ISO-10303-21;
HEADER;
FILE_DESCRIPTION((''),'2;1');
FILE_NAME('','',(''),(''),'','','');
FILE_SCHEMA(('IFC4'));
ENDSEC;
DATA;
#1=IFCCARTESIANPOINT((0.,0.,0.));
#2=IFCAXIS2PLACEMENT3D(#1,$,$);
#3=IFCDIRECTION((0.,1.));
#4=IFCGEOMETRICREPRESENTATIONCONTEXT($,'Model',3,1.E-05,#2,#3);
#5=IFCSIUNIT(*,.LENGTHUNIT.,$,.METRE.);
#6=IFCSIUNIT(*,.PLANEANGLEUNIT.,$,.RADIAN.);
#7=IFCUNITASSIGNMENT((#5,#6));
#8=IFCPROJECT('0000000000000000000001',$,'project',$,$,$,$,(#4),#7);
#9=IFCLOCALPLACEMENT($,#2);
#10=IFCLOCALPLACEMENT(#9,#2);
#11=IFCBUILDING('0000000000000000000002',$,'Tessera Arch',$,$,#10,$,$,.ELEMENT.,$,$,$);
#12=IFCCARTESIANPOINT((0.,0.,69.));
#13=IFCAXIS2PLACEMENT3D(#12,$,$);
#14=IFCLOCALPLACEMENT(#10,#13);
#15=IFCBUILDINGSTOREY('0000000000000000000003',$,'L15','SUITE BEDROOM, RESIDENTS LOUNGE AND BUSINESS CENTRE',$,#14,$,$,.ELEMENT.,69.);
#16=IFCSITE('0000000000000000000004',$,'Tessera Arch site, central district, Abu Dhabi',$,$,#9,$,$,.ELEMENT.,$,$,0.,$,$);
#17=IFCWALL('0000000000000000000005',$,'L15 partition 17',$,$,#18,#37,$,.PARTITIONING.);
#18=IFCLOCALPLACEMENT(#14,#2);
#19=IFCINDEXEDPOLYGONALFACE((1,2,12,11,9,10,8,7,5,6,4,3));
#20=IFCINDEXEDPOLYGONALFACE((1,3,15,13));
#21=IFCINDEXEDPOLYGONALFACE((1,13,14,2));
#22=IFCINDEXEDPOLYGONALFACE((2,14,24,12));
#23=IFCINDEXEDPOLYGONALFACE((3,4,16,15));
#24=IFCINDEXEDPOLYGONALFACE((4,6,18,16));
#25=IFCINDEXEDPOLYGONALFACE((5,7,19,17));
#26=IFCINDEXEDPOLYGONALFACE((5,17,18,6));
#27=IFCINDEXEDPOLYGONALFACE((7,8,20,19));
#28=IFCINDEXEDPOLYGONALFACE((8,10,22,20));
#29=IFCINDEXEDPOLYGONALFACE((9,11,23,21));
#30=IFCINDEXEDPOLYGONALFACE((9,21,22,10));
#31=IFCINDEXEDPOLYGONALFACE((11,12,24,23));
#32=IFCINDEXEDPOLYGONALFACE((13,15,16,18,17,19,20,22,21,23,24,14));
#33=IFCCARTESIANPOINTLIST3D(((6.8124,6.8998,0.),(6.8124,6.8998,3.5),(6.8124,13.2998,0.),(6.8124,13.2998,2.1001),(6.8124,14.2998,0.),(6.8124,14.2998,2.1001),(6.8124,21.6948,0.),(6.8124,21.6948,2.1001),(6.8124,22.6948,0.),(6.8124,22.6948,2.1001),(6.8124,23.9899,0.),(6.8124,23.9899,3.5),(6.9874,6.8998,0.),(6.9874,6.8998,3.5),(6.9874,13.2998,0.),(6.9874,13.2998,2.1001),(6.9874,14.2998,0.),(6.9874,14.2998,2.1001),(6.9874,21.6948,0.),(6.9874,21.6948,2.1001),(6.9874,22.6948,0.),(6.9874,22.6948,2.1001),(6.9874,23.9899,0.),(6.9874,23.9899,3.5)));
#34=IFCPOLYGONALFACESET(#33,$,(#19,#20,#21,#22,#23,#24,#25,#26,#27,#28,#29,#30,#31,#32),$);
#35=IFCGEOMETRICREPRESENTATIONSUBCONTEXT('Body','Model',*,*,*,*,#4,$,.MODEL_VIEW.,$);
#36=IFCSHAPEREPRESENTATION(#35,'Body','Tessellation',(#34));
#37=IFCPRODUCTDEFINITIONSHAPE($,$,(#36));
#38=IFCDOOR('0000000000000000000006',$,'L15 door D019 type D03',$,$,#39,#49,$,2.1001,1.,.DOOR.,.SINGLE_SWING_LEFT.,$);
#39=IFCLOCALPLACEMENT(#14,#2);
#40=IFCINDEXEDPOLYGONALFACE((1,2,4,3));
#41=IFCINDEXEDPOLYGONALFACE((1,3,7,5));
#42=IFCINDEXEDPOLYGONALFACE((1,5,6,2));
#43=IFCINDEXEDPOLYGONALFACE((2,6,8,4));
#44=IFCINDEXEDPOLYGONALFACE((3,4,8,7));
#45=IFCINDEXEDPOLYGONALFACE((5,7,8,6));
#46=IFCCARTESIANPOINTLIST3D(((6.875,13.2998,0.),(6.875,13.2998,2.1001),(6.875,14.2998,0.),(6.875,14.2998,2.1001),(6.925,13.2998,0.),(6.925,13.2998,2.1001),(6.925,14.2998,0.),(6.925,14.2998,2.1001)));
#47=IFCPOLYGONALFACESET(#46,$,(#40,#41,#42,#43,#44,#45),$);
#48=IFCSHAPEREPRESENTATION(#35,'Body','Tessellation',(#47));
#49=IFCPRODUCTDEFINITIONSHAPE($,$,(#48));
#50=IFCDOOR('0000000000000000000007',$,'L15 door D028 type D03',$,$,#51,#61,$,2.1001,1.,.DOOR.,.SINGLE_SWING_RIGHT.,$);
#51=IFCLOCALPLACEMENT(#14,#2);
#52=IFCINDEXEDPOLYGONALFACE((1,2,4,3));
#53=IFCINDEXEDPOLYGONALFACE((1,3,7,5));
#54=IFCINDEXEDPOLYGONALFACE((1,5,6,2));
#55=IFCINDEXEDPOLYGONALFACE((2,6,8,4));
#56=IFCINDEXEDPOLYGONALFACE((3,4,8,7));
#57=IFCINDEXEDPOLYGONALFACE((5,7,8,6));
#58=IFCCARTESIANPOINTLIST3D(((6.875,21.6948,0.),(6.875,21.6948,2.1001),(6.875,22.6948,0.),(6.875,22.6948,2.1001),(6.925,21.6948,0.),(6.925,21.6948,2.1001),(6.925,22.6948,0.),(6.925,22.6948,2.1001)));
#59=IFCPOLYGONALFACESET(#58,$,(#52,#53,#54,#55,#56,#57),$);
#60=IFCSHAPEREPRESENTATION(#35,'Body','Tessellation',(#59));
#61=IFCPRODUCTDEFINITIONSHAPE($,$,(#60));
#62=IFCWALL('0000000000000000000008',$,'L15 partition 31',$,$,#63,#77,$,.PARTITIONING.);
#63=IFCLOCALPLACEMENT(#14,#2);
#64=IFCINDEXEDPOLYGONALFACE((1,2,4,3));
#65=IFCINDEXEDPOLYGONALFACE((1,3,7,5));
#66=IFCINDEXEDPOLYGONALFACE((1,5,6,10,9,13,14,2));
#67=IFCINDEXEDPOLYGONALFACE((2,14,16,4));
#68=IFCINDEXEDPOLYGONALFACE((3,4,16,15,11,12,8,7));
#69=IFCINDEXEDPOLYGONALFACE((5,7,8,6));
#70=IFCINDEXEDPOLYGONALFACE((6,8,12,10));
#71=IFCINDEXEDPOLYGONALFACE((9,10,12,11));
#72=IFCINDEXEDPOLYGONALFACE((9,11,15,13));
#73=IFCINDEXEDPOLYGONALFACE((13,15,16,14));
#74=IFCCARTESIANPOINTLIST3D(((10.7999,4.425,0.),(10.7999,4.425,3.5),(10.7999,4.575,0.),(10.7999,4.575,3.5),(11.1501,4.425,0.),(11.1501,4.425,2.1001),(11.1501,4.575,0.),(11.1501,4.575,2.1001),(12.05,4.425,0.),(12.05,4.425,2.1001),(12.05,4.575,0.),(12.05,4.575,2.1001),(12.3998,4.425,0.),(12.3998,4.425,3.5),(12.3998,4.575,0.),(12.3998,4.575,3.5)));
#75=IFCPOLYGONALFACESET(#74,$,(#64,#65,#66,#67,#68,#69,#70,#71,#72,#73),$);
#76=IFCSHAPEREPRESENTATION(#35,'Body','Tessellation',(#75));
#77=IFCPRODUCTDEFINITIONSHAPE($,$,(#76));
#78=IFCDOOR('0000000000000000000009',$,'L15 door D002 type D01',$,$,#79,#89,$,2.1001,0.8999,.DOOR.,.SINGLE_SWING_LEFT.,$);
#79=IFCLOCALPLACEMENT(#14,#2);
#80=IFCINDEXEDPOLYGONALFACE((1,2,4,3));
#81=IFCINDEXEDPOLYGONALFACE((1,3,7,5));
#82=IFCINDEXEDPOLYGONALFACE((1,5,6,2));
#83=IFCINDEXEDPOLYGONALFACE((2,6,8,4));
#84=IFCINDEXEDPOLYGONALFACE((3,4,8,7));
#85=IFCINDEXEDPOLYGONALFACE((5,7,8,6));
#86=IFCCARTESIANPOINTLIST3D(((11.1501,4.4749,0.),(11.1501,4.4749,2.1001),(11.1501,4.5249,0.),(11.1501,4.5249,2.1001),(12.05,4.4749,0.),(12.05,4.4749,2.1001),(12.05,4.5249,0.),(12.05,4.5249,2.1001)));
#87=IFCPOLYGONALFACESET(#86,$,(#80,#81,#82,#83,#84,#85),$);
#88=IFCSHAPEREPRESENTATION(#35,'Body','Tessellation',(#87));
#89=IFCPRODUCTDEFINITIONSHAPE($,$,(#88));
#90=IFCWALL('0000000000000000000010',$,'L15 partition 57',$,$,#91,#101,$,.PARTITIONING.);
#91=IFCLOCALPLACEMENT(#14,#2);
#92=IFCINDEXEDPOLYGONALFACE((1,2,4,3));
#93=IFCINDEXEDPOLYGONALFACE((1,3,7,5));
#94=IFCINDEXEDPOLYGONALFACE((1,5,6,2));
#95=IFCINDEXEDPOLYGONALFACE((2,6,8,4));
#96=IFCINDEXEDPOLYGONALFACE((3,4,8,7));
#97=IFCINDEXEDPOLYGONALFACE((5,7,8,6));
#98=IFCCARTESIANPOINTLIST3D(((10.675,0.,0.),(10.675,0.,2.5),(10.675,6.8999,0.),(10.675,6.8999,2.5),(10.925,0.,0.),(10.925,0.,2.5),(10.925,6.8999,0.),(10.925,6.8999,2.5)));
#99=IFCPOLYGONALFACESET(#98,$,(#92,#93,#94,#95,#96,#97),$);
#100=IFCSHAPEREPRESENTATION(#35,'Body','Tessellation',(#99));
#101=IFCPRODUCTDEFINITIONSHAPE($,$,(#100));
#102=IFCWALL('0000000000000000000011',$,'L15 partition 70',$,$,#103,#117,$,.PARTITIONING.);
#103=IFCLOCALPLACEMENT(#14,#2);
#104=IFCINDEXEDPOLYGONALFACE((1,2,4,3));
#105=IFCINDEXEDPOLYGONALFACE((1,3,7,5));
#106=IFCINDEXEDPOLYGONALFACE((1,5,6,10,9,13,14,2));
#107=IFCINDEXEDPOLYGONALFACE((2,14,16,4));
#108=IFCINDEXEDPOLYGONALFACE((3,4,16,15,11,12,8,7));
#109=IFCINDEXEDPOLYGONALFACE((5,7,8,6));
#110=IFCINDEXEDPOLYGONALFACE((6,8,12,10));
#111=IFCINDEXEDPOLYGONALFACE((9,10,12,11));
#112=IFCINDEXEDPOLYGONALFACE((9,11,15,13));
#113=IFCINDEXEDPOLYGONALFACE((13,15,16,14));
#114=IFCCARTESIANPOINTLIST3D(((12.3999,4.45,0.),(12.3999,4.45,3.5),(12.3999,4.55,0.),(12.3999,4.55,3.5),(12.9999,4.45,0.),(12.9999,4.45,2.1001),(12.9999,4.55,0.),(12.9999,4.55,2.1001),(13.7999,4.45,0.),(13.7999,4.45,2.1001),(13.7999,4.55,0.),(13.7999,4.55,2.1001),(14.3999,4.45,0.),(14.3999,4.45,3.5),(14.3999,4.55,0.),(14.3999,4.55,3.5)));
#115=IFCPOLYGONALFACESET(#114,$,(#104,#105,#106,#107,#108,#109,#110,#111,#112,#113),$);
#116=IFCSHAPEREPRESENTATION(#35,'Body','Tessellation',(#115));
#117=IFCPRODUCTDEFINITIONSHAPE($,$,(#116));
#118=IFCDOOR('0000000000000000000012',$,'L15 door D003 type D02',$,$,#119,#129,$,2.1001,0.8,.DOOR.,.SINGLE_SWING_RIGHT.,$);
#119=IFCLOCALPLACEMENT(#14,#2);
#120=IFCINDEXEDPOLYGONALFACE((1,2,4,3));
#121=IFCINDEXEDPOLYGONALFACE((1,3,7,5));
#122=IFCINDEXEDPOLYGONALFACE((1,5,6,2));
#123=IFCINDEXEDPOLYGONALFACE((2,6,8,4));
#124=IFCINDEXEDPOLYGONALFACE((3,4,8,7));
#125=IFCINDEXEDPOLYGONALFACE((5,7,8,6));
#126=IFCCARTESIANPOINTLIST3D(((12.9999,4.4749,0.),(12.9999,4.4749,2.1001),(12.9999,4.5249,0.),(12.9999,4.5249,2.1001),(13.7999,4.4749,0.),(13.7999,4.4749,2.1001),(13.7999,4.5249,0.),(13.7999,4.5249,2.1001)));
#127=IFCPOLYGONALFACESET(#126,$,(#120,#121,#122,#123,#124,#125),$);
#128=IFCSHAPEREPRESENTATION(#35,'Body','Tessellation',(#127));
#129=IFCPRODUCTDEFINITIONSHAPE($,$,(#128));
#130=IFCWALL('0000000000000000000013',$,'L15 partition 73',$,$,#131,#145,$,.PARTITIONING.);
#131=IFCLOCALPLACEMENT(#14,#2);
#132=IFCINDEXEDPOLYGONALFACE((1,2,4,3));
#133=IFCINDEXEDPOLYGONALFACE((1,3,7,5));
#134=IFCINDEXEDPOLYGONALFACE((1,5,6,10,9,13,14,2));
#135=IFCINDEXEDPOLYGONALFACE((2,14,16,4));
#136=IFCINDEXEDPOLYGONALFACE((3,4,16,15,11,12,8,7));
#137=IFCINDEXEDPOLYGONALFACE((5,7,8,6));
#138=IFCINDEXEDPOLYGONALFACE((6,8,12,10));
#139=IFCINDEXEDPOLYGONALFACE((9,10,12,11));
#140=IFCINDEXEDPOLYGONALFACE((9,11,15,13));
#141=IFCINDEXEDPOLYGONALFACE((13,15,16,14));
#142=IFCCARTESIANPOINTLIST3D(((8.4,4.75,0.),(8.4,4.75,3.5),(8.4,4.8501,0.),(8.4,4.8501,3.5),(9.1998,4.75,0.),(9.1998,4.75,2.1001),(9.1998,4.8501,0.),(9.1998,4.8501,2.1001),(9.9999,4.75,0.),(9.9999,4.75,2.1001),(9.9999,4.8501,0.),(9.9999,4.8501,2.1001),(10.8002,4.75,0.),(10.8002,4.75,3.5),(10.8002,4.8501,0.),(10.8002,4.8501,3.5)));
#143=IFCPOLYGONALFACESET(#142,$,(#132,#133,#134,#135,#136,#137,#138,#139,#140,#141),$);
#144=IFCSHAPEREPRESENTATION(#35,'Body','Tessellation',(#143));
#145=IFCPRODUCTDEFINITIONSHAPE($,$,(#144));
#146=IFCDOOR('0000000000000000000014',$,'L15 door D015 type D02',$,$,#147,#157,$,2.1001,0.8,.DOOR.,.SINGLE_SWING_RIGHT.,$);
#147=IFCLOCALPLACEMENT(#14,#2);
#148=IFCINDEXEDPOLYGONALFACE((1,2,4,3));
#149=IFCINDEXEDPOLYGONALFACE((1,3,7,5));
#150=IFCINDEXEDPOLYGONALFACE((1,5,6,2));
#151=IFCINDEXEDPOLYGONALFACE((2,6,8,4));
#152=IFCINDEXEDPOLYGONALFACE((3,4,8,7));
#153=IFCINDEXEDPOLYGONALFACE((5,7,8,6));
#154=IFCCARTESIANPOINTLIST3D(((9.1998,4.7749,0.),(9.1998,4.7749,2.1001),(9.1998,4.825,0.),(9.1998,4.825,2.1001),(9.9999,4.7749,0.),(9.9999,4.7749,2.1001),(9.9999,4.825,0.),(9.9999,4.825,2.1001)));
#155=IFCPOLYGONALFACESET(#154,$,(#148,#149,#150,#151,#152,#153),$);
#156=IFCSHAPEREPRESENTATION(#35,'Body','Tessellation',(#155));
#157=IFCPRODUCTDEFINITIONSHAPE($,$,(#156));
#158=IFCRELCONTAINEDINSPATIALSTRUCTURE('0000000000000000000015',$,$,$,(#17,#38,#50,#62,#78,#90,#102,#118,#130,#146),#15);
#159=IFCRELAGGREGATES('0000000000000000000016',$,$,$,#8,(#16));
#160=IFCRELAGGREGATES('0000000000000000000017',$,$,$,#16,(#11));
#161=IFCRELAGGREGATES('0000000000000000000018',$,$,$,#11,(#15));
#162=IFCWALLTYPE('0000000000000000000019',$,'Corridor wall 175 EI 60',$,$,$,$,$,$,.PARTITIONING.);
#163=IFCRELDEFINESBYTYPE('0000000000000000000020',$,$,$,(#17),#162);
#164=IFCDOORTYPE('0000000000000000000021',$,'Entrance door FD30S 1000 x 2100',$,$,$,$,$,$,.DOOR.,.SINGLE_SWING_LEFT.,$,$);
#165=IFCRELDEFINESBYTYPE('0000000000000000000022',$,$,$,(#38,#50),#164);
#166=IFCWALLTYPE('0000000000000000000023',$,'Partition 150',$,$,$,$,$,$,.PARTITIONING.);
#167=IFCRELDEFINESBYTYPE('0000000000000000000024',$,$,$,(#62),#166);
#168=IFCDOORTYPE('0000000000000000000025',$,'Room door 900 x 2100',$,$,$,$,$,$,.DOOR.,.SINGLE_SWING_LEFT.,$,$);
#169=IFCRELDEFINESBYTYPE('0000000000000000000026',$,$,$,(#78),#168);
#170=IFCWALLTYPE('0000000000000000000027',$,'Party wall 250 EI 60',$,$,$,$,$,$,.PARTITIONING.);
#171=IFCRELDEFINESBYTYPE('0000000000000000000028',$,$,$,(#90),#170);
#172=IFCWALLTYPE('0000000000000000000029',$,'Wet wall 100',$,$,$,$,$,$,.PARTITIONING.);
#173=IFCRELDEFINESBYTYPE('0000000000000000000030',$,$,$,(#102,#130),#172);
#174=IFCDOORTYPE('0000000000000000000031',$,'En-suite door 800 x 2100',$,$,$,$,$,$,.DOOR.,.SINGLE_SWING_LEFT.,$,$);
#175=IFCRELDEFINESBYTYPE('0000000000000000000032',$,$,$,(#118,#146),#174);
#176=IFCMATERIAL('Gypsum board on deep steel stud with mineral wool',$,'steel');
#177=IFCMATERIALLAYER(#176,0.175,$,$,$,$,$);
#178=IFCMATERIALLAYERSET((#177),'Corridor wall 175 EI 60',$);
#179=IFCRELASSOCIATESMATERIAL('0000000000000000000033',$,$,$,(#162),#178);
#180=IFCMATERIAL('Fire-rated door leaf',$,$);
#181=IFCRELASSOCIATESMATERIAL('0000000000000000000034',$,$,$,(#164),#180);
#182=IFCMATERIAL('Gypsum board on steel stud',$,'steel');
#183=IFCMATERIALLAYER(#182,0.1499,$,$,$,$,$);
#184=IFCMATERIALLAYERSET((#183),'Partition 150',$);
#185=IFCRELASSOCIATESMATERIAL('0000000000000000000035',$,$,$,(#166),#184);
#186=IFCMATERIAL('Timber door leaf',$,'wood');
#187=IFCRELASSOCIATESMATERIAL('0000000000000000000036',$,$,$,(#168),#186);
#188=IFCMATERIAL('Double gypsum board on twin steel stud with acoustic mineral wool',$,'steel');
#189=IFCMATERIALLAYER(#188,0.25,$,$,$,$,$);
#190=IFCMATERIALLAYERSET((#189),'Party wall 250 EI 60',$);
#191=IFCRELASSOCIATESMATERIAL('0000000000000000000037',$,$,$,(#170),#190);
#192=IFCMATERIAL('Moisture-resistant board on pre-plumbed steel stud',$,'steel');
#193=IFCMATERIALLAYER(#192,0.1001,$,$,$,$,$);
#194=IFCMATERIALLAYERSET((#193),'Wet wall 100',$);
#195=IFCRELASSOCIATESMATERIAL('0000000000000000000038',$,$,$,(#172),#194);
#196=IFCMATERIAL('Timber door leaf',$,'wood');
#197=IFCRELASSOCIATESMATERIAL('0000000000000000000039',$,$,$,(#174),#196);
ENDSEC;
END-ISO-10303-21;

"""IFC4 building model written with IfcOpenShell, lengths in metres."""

from ifc_helpers import new_model, si_unit, direction, frame, frame_2d, origin, place, context, subcontext, project, spatial, rectangle, extrude, material, layer, layer_set, type_object, element, fill, save


model = new_model("IFC4")

# Units and contexts
model_context = context("Model", 3, precision=1e-05, world=origin(), true_north=direction((0.0, 1.0)))
body_context = subcontext(model_context, "Body", "Model", "MODEL_VIEW")
ifc_project = project(units=[si_unit("LENGTHUNIT", "METRE"), si_unit("PLANEANGLEUNIT", "RADIAN")], contexts=[model_context])

# Site, building, storey
site_placement = place(None, origin())
site = spatial("IfcSite", under=ifc_project, at=site_placement, Name="Tessera Arch site, central district, Abu Dhabi", CompositionType="ELEMENT", RefElevation=0.0)
building_placement = place(site_placement, origin())
building = spatial("IfcBuilding", under=site, at=building_placement, Name="Tessera Arch", CompositionType="ELEMENT")
storey_placement = place(building_placement, frame((0.0, 0.0, 69.0)))
storey = spatial("IfcBuildingStorey", under=building, at=storey_placement, Name="L15", Description="SUITE BEDROOM, RESIDENTS LOUNGE AND BUSINESS CENTRE", CompositionType="ELEMENT", Elevation=69.0)

# Wall, openings, doors
ifc_material_1 = material(Name="Gypsum board on deep steel stud with mineral wool", Category="steel")
ifc_layer_1 = layer(ifc_material_1, 0.175)
ifc_layer_set_1 = layer_set([ifc_layer_1], Name="Corridor wall 175 EI 60")
wall_type_1 = type_object("IfcWallType", Name="Corridor wall 175 EI 60", PredefinedType="PARTITIONING", material=ifc_layer_set_1)
ifc_material_2 = material(Name="Fire-rated door leaf")
door_type_1 = type_object("IfcDoorType", Name="Entrance door FD30S 1000 x 2100", OperationType="SINGLE_SWING_LEFT", PredefinedType="DOOR", material=ifc_material_2)
wall_1_placement = place(storey_placement, frame((6.8999, 6.8999, 0.0), z_axis=(0.0, 0.0, 1.0), x_axis=(0.0, 1.0, 0.0)))
wall_1 = element("IfcWall", 1, at=wall_1_placement, inside=storey, type_object=wall_type_1, Name="L15 partition 17", PredefinedType="PARTITIONING", context=body_context, shape_type="SweptSolid", body=[
    extrude(rectangle(XDim=17.0901, YDim=0.175, at=frame_2d((8.5449, 0.0))), origin(), (0.0, 0.0, 1.0), 3.5),
])
opening_1_placement = place(wall_1_placement, frame((6.3999, 0.0, 0.0)))
opening_1 = element("IfcOpeningElement", 2, at=opening_1_placement, cuts=wall_1, PredefinedType="OPENING", context=body_context, shape_type="SweptSolid", body=[
    extrude(rectangle(XDim=1.0, YDim=2.1001, at=frame_2d((0.5, 1.05))), frame((0.0, 0.0974, 0.0), z_axis=(0.0, -1.0, 0.0), x_axis=(1.0, 0.0, 0.0)), (0.0, 0.0, 1.0), 0.1951),
])
opening_2_placement = place(wall_1_placement, frame((14.7949, 0.0, 0.0)))
opening_2 = element("IfcOpeningElement", 3, at=opening_2_placement, cuts=wall_1, PredefinedType="OPENING", context=body_context, shape_type="SweptSolid", body=[
    extrude(rectangle(XDim=1.0, YDim=2.1001, at=frame_2d((0.5, 1.05))), frame((0.0, 0.0974, 0.0), z_axis=(0.0, -1.0, 0.0), x_axis=(1.0, 0.0, 0.0)), (0.0, 0.0, 1.0), 0.1951),
])
door_1_placement = place(opening_1_placement, origin())
door_1 = element("IfcDoor", 4, at=door_1_placement, inside=storey, type_object=door_type_1, Name="L15 door D019 type D03", OperationType="SINGLE_SWING_LEFT", OverallHeight=2.1001, OverallWidth=1.0, PredefinedType="DOOR", context=body_context, shape_type="SweptSolid", body=[
    extrude(rectangle(XDim=1.0, YDim=2.1001, at=frame_2d((0.5, 1.05))), frame((0.0, 0.0249, 0.0), z_axis=(0.0, -1.0, 0.0), x_axis=(1.0, 0.0, 0.0)), (0.0, 0.0, 1.0), 0.05),
])
fill(opening_1, door_1)
door_2_placement = place(opening_2_placement, origin())
door_2 = element("IfcDoor", 5, at=door_2_placement, inside=storey, type_object=door_type_1, Name="L15 door D028 type D03", OperationType="SINGLE_SWING_RIGHT", OverallHeight=2.1001, OverallWidth=1.0, PredefinedType="DOOR", context=body_context, shape_type="SweptSolid", body=[
    extrude(rectangle(XDim=1.0, YDim=2.1001, at=frame_2d((0.5, 1.05))), frame((0.0, 0.0249, 0.0), z_axis=(0.0, -1.0, 0.0), x_axis=(1.0, 0.0, 0.0)), (0.0, 0.0, 1.0), 0.05),
])
fill(opening_2, door_2)

# Wall, opening, door
ifc_material_3 = material(Name="Gypsum board on steel stud", Category="steel")
ifc_layer_2 = layer(ifc_material_3, 0.1499)
ifc_layer_set_2 = layer_set([ifc_layer_2], Name="Partition 150")
wall_type_2 = type_object("IfcWallType", Name="Partition 150", PredefinedType="PARTITIONING", material=ifc_layer_set_2)
wall_2_placement = place(storey_placement, frame((10.8, 4.5, 0.0), z_axis=(0.0, 0.0, 1.0), x_axis=(1.0, 0.0, 0.0)))
wall_2 = element("IfcWall", 6, at=wall_2_placement, inside=storey, type_object=wall_type_2, Name="L15 partition 31", PredefinedType="PARTITIONING", context=body_context, shape_type="SweptSolid", body=[
    extrude(rectangle(XDim=1.5999, YDim=0.1499, at=frame_2d((0.7998, 0.0))), origin(), (0.0, 0.0, 1.0), 3.5),
])
opening_3_placement = place(wall_2_placement, frame((0.3501, 0.0, 0.0)))
opening_3 = element("IfcOpeningElement", 7, at=opening_3_placement, cuts=wall_2, PredefinedType="OPENING", context=body_context, shape_type="SweptSolid", body=[
    extrude(rectangle(XDim=0.8999, YDim=2.1001, at=frame_2d((0.45, 1.05))), frame((0.0, 0.085, 0.0), z_axis=(0.0, -1.0, 0.0), x_axis=(1.0, 0.0, 0.0)), (0.0, 0.0, 1.0), 0.1699),
])
ifc_material_4 = material(Name="Timber door leaf", Category="wood")
door_type_2 = type_object("IfcDoorType", Name="Room door 900 x 2100", OperationType="SINGLE_SWING_LEFT", PredefinedType="DOOR", material=ifc_material_4)
door_3_placement = place(opening_3_placement, origin())
door_3 = element("IfcDoor", 8, at=door_3_placement, inside=storey, type_object=door_type_2, Name="L15 door D002 type D01", OperationType="SINGLE_SWING_LEFT", OverallHeight=2.1001, OverallWidth=0.8999, PredefinedType="DOOR", context=body_context, shape_type="SweptSolid", body=[
    extrude(rectangle(XDim=0.8999, YDim=2.1001, at=frame_2d((0.45, 1.05))), frame((0.0, 0.0249, 0.0), z_axis=(0.0, -1.0, 0.0), x_axis=(1.0, 0.0, 0.0)), (0.0, 0.0, 1.0), 0.05),
])
fill(opening_3, door_3)

# Wall
ifc_material_5 = material(Name="Double gypsum board on twin steel stud with acoustic mineral wool", Category="steel")
ifc_layer_3 = layer(ifc_material_5, 0.25)
ifc_layer_set_3 = layer_set([ifc_layer_3], Name="Party wall 250 EI 60")
wall_type_3 = type_object("IfcWallType", Name="Party wall 250 EI 60", PredefinedType="PARTITIONING", material=ifc_layer_set_3)
wall_3_placement = place(storey_placement, frame((10.8, 0.0, 0.0), z_axis=(0.0, 0.0, 1.0), x_axis=(0.0, 1.0, 0.0)))
element("IfcWall", 9, at=wall_3_placement, inside=storey, type_object=wall_type_3, Name="L15 partition 57", PredefinedType="PARTITIONING", context=body_context, shape_type="SweptSolid", body=[
    extrude(rectangle(XDim=6.8999, YDim=0.25, at=frame_2d((3.45, 0.0))), origin(), (0.0, 0.0, 1.0), 2.5),
])

# Walls, openings, doors
ifc_material_6 = material(Name="Moisture-resistant board on pre-plumbed steel stud", Category="steel")
ifc_layer_4 = layer(ifc_material_6, 0.1001)
ifc_layer_set_4 = layer_set([ifc_layer_4], Name="Wet wall 100")
wall_type_4 = type_object("IfcWallType", Name="Wet wall 100", PredefinedType="PARTITIONING", material=ifc_layer_set_4)
wall_4_placement = place(storey_placement, frame((12.3999, 4.5, 0.0), z_axis=(0.0, 0.0, 1.0), x_axis=(1.0, 0.0, 0.0)))
wall_4 = element("IfcWall", 10, at=wall_4_placement, inside=storey, type_object=wall_type_4, Name="L15 partition 70", PredefinedType="PARTITIONING", context=body_context, shape_type="SweptSolid", body=[
    extrude(rectangle(XDim=2.0, YDim=0.1001, at=frame_2d((1.0, 0.0))), origin(), (0.0, 0.0, 1.0), 3.5),
])
opening_4_placement = place(wall_4_placement, frame((0.6001, 0.0, 0.0)))
opening_4 = element("IfcOpeningElement", 11, at=opening_4_placement, cuts=wall_4, PredefinedType="OPENING", context=body_context, shape_type="SweptSolid", body=[
    extrude(rectangle(XDim=0.8, YDim=2.1001, at=frame_2d((0.3999, 1.05))), frame((0.0, 0.0601, 0.0), z_axis=(0.0, -1.0, 0.0), x_axis=(1.0, 0.0, 0.0)), (0.0, 0.0, 1.0), 0.1201),
])
ifc_material_7 = material(Name="Timber door leaf", Category="wood")
door_type_3 = type_object("IfcDoorType", Name="En-suite door 800 x 2100", OperationType="SINGLE_SWING_LEFT", PredefinedType="DOOR", material=ifc_material_7)
door_4_placement = place(opening_4_placement, origin())
door_4 = element("IfcDoor", 12, at=door_4_placement, inside=storey, type_object=door_type_3, Name="L15 door D003 type D02", OperationType="SINGLE_SWING_RIGHT", OverallHeight=2.1001, OverallWidth=0.8, PredefinedType="DOOR", context=body_context, shape_type="SweptSolid", body=[
    extrude(rectangle(XDim=0.8, YDim=2.1001, at=frame_2d((0.3999, 1.05))), frame((0.0, 0.0249, 0.0), z_axis=(0.0, -1.0, 0.0), x_axis=(1.0, 0.0, 0.0)), (0.0, 0.0, 1.0), 0.05),
])
fill(opening_4, door_4)
wall_5_placement = place(storey_placement, frame((8.3999, 4.8, 0.0), z_axis=(0.0, 0.0, 1.0), x_axis=(1.0, 0.0, 0.0)))
wall_5 = element("IfcWall", 13, at=wall_5_placement, inside=storey, type_object=wall_type_4, Name="L15 partition 73", PredefinedType="PARTITIONING", context=body_context, shape_type="SweptSolid", body=[
    extrude(rectangle(XDim=2.4001, YDim=0.1001, at=frame_2d((1.2002, 0.0))), origin(), (0.0, 0.0, 1.0), 3.5),
])
opening_5_placement = place(wall_5_placement, frame((0.8, 0.0, 0.0)))
opening_5 = element("IfcOpeningElement", 14, at=opening_5_placement, cuts=wall_5, PredefinedType="OPENING", context=body_context, shape_type="SweptSolid", body=[
    extrude(rectangle(XDim=0.8, YDim=2.1001, at=frame_2d((0.3999, 1.05))), frame((0.0, 0.0601, 0.0), z_axis=(0.0, -1.0, 0.0), x_axis=(1.0, 0.0, 0.0)), (0.0, 0.0, 1.0), 0.1201),
])
door_5_placement = place(opening_5_placement, origin())
door_5 = element("IfcDoor", 15, at=door_5_placement, inside=storey, type_object=door_type_3, Name="L15 door D015 type D02", OperationType="SINGLE_SWING_RIGHT", OverallHeight=2.1001, OverallWidth=0.8, PredefinedType="DOOR", context=body_context, shape_type="SweptSolid", body=[
    extrude(rectangle(XDim=0.8, YDim=2.1001, at=frame_2d((0.3999, 1.05))), frame((0.0, 0.0249, 0.0), z_axis=(0.0, -1.0, 0.0), x_axis=(1.0, 0.0, 0.0)), (0.0, 0.0, 1.0), 0.05),
])
fill(opening_5, door_5)

save(model, "model.ifc")
